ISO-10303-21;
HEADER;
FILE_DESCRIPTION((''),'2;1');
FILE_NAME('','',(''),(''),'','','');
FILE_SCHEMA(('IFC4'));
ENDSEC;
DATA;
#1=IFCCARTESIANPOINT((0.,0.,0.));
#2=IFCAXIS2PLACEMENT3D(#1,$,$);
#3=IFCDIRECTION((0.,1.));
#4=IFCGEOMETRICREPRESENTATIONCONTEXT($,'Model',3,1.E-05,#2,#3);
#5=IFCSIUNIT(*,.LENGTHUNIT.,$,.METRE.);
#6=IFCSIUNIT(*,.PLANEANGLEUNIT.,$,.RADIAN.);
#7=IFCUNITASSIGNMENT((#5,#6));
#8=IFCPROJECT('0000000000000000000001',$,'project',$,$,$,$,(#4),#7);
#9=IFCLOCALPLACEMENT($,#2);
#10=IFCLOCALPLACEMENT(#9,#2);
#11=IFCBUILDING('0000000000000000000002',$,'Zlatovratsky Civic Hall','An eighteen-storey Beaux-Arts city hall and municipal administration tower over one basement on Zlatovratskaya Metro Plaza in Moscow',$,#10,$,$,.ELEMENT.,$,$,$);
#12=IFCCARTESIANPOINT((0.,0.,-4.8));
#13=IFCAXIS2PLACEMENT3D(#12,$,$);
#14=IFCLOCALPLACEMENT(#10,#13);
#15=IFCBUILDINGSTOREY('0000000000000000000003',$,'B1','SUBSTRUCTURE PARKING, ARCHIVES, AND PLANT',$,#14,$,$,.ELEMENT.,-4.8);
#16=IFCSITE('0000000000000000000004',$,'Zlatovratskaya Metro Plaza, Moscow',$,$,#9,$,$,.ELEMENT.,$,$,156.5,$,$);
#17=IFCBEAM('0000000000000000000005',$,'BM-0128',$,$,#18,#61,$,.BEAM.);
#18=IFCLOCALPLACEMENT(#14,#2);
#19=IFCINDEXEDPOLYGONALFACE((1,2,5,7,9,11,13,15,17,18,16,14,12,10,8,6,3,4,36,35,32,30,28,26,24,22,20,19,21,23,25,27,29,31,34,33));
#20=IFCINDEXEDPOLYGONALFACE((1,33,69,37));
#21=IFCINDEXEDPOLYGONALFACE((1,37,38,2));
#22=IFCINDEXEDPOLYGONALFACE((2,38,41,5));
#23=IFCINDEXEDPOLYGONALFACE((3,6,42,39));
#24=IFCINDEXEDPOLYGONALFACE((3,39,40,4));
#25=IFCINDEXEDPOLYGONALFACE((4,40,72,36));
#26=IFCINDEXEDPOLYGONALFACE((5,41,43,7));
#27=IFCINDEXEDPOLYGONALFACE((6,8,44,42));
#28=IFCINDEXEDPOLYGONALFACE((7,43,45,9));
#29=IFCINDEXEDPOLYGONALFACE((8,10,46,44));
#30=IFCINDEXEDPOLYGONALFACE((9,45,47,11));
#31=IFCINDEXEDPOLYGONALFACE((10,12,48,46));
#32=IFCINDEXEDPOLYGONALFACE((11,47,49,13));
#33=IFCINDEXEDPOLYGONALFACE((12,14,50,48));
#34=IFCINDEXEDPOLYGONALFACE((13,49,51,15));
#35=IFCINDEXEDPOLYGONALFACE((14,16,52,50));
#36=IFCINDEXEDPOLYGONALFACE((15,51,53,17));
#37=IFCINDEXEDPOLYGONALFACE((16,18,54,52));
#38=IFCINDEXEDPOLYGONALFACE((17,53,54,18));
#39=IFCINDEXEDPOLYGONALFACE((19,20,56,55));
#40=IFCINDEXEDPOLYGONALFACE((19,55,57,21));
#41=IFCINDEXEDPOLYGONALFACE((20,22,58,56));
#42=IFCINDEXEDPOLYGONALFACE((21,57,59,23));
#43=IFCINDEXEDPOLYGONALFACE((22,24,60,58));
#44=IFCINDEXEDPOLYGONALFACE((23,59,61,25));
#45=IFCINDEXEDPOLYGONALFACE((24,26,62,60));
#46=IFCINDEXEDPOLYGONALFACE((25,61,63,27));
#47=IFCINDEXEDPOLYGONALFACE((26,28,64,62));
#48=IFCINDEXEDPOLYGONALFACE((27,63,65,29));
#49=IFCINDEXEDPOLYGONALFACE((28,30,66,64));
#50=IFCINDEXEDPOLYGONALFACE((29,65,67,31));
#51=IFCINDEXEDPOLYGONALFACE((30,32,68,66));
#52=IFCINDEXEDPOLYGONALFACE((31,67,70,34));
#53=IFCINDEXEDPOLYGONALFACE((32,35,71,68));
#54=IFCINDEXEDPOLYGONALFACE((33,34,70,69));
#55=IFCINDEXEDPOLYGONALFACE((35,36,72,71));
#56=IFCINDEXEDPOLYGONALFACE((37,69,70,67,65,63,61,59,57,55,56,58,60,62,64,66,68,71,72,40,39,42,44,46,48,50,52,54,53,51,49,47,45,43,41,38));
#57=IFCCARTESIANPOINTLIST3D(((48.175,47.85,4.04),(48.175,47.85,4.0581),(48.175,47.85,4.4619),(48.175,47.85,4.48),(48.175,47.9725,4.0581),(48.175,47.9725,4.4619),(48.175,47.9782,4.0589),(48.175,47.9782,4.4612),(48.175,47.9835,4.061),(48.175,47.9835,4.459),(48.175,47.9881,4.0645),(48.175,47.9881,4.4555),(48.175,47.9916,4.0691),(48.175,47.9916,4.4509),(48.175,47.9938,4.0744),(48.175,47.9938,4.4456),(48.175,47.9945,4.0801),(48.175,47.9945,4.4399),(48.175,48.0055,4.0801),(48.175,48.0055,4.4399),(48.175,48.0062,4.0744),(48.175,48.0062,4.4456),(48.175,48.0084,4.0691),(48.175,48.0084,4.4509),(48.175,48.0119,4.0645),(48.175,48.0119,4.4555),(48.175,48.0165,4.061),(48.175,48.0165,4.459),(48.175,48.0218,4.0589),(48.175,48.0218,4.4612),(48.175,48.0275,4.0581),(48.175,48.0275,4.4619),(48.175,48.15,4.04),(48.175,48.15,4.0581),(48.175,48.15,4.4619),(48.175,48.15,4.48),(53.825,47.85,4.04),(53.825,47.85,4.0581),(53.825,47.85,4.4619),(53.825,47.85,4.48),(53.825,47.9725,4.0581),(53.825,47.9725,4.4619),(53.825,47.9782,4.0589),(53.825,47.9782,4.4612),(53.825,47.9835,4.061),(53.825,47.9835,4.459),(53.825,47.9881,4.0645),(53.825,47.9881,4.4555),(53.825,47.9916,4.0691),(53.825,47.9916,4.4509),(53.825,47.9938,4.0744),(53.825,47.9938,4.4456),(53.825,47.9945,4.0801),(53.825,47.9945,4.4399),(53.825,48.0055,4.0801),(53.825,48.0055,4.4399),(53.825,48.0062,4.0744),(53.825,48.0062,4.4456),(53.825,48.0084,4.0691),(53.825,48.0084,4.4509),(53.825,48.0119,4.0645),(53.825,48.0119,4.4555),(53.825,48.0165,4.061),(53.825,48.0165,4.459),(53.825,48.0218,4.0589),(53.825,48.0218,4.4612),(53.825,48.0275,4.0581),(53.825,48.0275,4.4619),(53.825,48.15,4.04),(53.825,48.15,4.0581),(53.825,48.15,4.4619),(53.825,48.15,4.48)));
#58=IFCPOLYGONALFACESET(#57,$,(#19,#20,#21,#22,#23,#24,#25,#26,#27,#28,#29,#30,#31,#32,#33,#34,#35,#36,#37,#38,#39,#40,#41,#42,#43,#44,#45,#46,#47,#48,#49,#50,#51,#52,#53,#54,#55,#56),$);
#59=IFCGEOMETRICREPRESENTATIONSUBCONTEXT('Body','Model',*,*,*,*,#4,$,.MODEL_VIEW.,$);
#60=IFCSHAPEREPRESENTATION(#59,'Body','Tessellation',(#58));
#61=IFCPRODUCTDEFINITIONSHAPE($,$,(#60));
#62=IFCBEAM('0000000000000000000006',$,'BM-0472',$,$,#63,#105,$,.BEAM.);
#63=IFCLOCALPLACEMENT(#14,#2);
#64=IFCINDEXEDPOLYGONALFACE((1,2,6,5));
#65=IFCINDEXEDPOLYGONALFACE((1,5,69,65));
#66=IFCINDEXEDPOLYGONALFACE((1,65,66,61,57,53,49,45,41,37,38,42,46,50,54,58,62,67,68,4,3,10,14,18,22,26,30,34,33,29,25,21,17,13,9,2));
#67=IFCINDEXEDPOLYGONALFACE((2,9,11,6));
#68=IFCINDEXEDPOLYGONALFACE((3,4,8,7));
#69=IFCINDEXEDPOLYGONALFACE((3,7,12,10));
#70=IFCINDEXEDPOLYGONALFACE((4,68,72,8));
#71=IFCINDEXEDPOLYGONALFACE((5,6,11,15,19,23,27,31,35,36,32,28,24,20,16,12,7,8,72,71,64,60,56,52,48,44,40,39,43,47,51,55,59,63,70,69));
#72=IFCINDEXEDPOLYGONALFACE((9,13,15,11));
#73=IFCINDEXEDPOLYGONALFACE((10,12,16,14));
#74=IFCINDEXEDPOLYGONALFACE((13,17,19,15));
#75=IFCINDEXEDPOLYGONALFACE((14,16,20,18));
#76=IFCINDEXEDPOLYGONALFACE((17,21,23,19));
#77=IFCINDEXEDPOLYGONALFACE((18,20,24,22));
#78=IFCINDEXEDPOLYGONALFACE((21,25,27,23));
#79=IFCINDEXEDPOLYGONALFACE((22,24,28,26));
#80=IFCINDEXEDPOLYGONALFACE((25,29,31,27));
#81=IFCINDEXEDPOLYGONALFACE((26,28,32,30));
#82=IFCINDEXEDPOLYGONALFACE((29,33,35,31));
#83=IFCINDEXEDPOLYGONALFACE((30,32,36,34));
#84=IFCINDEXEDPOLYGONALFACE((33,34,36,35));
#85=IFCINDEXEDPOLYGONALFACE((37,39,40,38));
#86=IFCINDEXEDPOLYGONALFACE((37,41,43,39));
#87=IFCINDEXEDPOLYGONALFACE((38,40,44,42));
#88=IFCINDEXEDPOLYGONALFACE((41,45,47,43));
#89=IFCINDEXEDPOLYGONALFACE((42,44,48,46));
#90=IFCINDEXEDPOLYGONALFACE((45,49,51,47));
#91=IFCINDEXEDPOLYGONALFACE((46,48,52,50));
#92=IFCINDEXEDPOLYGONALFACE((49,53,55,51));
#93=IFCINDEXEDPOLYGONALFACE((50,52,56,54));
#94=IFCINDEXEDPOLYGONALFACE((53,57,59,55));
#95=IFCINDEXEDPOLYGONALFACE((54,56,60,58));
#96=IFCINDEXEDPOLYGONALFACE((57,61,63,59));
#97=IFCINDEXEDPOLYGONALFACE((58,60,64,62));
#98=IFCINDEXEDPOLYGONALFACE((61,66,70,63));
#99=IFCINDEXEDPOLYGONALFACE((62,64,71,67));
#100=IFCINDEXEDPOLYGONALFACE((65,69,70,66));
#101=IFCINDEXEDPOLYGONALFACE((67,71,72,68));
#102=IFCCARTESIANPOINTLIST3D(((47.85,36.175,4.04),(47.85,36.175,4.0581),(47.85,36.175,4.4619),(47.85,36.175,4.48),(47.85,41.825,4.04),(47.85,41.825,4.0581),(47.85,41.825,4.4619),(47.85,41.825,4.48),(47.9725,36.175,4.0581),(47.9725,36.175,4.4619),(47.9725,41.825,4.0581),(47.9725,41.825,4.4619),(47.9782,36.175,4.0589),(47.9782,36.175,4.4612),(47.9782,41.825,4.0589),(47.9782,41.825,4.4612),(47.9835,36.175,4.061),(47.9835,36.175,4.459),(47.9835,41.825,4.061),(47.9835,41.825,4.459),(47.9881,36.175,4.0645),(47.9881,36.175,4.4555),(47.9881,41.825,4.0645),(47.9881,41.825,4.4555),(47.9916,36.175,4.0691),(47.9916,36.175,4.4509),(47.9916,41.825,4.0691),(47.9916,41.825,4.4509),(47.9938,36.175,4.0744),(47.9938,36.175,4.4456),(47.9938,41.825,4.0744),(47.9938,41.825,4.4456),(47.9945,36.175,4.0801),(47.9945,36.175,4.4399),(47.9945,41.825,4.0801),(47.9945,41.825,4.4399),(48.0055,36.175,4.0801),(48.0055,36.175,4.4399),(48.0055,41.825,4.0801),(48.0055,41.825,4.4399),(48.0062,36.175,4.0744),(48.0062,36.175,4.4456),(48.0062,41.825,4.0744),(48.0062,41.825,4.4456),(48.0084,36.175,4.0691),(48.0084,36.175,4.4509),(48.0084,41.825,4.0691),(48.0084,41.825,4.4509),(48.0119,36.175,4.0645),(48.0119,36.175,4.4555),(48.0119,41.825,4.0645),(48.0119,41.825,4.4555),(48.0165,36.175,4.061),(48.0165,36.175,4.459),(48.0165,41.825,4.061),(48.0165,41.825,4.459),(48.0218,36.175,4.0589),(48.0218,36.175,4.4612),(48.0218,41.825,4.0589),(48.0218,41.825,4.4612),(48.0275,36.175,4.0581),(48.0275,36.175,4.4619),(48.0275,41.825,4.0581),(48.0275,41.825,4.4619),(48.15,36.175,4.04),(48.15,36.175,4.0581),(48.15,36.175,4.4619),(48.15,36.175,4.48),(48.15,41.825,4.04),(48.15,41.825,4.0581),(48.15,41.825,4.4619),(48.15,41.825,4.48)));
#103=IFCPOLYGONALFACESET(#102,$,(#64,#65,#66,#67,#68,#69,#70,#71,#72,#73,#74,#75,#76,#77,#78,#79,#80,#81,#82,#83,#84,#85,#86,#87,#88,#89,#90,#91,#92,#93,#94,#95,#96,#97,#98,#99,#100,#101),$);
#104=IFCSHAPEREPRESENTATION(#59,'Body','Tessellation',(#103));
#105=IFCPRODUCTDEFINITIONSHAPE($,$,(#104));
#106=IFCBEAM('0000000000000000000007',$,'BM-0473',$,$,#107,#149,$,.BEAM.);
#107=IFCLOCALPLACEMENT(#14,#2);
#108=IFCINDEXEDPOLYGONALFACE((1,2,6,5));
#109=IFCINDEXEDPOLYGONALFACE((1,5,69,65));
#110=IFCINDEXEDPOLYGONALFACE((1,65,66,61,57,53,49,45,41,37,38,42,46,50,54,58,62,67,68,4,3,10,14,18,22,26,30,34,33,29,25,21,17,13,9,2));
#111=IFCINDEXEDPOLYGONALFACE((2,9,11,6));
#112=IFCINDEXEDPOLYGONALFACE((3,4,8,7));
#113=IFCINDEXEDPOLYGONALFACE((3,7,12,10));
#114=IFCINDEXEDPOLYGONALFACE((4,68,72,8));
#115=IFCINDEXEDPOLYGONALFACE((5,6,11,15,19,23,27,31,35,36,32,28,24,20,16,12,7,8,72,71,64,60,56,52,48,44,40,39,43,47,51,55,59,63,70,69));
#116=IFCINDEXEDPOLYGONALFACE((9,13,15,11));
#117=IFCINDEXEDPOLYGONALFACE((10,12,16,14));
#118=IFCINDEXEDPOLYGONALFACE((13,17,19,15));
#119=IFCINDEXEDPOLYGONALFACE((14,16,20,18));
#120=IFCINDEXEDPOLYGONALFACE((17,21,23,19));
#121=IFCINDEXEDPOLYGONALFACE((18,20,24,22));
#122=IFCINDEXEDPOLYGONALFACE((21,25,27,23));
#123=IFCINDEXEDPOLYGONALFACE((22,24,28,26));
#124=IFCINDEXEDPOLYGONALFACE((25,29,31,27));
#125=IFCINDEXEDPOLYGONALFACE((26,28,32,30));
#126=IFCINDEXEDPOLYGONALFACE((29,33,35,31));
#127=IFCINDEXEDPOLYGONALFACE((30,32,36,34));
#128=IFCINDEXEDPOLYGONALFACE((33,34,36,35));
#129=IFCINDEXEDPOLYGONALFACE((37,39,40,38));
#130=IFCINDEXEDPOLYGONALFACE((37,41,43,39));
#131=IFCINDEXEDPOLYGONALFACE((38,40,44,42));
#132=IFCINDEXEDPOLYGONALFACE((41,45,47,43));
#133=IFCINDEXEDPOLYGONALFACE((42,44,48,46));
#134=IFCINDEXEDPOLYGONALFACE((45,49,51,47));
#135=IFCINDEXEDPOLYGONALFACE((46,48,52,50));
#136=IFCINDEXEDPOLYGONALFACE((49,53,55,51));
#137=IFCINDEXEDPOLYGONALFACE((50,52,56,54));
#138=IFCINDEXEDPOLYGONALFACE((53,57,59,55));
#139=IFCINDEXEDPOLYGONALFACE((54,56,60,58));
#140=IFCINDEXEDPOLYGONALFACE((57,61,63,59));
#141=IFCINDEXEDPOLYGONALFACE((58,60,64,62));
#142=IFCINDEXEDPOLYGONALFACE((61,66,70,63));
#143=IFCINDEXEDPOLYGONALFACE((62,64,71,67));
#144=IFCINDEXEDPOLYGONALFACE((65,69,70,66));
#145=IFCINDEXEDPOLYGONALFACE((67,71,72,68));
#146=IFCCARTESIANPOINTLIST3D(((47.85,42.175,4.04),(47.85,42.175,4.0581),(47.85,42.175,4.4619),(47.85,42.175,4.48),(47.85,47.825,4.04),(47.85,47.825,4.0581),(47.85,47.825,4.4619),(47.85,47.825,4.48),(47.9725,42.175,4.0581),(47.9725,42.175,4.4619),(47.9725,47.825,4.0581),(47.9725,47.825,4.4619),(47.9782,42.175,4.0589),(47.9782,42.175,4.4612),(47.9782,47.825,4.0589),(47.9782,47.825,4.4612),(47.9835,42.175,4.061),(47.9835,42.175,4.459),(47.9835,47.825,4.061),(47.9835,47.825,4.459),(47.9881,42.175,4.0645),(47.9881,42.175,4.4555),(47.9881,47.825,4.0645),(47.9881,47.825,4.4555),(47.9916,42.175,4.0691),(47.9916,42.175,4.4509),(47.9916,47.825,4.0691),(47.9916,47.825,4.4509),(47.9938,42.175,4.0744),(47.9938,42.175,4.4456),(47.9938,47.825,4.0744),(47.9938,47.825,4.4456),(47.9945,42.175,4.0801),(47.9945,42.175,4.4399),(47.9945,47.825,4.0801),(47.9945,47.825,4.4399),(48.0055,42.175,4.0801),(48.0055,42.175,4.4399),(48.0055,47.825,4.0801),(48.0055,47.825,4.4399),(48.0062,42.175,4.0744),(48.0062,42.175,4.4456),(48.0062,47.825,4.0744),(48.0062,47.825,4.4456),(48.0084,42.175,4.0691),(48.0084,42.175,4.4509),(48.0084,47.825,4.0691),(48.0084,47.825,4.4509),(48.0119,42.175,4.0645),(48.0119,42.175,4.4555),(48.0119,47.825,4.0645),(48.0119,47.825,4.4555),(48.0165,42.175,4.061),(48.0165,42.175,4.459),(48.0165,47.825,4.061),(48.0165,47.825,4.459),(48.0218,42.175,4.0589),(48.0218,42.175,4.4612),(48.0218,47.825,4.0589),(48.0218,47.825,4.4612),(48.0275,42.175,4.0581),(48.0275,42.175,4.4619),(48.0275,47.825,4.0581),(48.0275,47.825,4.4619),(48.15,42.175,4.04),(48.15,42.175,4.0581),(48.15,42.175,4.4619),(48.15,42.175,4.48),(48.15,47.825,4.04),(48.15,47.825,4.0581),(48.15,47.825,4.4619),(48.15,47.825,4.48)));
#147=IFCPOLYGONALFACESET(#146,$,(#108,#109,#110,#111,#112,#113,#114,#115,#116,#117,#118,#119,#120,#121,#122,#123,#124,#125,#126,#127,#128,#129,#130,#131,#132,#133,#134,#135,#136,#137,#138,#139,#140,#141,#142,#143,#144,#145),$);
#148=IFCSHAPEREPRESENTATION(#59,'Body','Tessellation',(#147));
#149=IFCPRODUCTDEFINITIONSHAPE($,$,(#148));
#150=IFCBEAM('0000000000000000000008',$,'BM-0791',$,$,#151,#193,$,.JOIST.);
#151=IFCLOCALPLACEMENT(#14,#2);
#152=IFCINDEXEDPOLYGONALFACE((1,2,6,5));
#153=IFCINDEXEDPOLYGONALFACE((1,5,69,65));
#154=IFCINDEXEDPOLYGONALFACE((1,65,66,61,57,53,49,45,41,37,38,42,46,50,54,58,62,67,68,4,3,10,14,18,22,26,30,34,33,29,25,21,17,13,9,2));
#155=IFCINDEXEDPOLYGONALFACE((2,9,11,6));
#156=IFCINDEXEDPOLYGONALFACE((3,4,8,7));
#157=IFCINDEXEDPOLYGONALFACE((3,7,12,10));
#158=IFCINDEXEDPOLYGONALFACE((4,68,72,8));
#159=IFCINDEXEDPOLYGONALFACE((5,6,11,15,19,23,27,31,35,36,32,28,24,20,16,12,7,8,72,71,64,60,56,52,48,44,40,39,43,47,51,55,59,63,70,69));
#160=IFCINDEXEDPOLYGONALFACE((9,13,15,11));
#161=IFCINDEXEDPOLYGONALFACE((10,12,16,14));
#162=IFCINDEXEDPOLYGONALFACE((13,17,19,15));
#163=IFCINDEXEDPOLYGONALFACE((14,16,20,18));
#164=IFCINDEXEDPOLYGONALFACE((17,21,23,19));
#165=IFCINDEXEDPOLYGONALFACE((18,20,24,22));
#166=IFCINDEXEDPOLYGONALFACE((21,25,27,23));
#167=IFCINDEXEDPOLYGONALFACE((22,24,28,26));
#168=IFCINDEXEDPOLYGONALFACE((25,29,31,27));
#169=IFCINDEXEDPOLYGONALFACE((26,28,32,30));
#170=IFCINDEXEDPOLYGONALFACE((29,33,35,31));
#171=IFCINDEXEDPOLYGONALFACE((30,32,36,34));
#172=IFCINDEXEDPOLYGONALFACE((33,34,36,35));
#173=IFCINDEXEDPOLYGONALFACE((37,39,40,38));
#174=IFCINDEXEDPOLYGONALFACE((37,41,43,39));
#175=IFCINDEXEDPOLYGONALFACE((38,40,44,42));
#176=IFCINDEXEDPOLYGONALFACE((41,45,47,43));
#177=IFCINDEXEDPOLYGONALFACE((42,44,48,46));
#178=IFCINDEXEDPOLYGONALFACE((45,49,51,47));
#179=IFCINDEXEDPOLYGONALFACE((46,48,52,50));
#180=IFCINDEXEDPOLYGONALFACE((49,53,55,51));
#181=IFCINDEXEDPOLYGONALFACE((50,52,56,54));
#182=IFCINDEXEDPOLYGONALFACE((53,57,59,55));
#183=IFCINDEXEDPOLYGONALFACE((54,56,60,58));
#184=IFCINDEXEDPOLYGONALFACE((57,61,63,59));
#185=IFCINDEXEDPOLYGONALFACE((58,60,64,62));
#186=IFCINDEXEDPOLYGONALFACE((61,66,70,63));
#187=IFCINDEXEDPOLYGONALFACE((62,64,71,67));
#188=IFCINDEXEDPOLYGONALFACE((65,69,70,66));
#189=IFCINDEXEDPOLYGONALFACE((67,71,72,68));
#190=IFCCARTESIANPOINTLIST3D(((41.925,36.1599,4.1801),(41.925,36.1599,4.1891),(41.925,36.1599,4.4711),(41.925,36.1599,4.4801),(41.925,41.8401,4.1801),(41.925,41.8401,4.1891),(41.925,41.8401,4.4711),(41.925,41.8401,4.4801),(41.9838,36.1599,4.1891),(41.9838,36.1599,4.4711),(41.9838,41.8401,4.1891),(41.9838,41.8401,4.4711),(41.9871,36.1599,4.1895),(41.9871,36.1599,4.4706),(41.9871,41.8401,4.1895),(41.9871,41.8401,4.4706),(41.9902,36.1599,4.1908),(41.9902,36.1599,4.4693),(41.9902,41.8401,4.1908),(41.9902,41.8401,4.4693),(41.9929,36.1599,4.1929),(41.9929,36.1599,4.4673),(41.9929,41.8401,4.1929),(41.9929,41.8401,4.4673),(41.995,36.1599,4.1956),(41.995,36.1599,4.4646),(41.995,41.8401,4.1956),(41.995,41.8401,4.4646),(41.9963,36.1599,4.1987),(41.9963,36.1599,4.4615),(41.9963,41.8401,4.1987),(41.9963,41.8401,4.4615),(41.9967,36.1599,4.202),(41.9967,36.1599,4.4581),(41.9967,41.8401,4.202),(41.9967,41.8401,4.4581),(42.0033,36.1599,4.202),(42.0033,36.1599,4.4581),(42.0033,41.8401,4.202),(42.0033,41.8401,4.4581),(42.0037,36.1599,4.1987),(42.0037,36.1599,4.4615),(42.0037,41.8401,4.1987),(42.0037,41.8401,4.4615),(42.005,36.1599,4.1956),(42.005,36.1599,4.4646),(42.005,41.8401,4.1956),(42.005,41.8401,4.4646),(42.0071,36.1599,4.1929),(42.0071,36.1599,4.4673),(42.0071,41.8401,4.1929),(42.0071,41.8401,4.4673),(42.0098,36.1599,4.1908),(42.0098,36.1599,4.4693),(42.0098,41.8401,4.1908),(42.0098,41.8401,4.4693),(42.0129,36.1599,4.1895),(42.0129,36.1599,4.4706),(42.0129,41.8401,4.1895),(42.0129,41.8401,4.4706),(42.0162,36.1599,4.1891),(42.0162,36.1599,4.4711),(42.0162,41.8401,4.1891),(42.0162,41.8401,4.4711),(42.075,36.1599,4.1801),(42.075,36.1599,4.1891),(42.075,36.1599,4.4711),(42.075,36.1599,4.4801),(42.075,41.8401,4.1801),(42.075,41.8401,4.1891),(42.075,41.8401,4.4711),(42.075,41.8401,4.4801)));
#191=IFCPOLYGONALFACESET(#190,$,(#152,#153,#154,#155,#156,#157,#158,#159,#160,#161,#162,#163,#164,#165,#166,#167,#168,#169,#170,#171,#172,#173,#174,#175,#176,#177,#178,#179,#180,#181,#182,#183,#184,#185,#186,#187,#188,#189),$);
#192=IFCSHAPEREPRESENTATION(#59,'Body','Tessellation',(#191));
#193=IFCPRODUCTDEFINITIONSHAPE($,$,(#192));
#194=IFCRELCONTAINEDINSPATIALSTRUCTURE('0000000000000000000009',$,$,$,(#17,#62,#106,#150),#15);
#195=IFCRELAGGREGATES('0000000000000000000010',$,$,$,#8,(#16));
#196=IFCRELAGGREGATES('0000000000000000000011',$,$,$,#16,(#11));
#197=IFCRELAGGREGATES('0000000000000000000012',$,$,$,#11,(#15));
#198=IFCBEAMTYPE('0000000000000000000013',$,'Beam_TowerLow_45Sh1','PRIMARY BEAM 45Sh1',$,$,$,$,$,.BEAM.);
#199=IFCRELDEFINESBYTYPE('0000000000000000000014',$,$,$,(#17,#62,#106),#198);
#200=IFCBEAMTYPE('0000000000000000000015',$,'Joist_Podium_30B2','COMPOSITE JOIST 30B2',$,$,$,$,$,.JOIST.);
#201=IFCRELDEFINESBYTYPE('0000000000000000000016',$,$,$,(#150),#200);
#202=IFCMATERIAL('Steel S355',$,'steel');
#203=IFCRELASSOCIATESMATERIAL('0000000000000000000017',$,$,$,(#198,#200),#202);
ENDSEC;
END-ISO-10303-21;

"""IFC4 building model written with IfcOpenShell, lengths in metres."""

from ifc_helpers import new_model, si_unit, direction, frame, origin, origin_2d, place, context, subcontext, project, spatial, i_section, extrude, material, material_profile, profile_set, type_object, element, save


model = new_model("IFC4")

# Units and contexts
model_context = context("Model", 3, precision=1e-05, world=origin(), true_north=direction((0.0, 1.0)))
body_context = subcontext(model_context, "Body", "Model", "MODEL_VIEW")
ifc_project = project(units=[si_unit("LENGTHUNIT", "METRE"), si_unit("PLANEANGLEUNIT", "RADIAN")], contexts=[model_context])

# Site, building, storey
site_placement = place(None, origin())
site = spatial("IfcSite", under=ifc_project, at=site_placement, Name="Zlatovratskaya Metro Plaza, Moscow", CompositionType="ELEMENT", RefElevation=156.5)
building_placement = place(site_placement, origin())
building = spatial("IfcBuilding", under=site, at=building_placement, Name="Zlatovratsky Civic Hall", Description="An eighteen-storey Beaux-Arts city hall and municipal administration tower over one basement on Zlatovratskaya Metro Plaza in Moscow", CompositionType="ELEMENT")
storey_placement = place(building_placement, frame((0.0, 0.0, -4.8)))
storey = spatial("IfcBuildingStorey", under=building, at=storey_placement, Name="B1", Description="SUBSTRUCTURE PARKING, ARCHIVES, AND PLANT", CompositionType="ELEMENT", Elevation=-4.8)

# Shared definitions
ifc_material_1 = material(Name="Steel S355", Category="steel")

# Beams
ifc_material_profile_1 = material_profile(ifc_material_1, i_section(OverallWidth=0.3, OverallDepth=0.4399, WebThickness=0.011, FlangeThickness=0.0181, FilletRadius=0.022, at=origin_2d()), Name="45Sh1")
ifc_profile_set_1 = profile_set([ifc_material_profile_1], Name="Steel S355")
beam_type_1 = type_object("IfcBeamType", Name="Beam_TowerLow_45Sh1", Description="PRIMARY BEAM 45Sh1", PredefinedType="BEAM", material=ifc_profile_set_1)
for number, where, z_axis, x_axis, name in (
    (1, (48.175, 48.0, 4.26), (1.0, 0.0, 0.0), (0.0, 1.0, 0.0), "BM-0128"),
    (2, (48.0, 36.175, 4.26), (0.0, 1.0, 0.0), (-1.0, 0.0, 0.0), "BM-0472"),
    (3, (48.0, 42.175, 4.26), (0.0, 1.0, 0.0), (-1.0, 0.0, 0.0), "BM-0473"),
):
    element("IfcBeam", number, at=place(storey_placement, frame(where, z_axis=z_axis, x_axis=x_axis)), inside=storey, type_object=beam_type_1, Name=name, PredefinedType="BEAM", context=body_context, shape_type="SweptSolid", body=[
        extrude(i_section(OverallWidth=0.3, OverallDepth=0.4399, WebThickness=0.011, FlangeThickness=0.0181, FilletRadius=0.022, at=origin_2d()), origin(), (0.0, 0.0, 1.0), 5.6499),
    ])
ifc_material_profile_2 = material_profile(ifc_material_1, i_section(OverallWidth=0.1499, OverallDepth=0.3, WebThickness=0.0066, FlangeThickness=0.009, FilletRadius=0.0129, at=origin_2d()), Name="30B2")
ifc_profile_set_2 = profile_set([ifc_material_profile_2], Name="Steel S355")
beam_type_2 = type_object("IfcBeamType", Name="Joist_Podium_30B2", Description="COMPOSITE JOIST 30B2", PredefinedType="JOIST", material=ifc_profile_set_2)
for number, where, z_axis, x_axis, name in (
    (4, (42.0, 36.1599, 4.3301), (0.0, 1.0, 0.0), (-1.0, 0.0, 0.0), "BM-0791"),
):
    element("IfcBeam", number, at=place(storey_placement, frame(where, z_axis=z_axis, x_axis=x_axis)), inside=storey, type_object=beam_type_2, Name=name, PredefinedType="JOIST", context=body_context, shape_type="SweptSolid", body=[
        extrude(i_section(OverallWidth=0.1499, OverallDepth=0.3, WebThickness=0.0066, FlangeThickness=0.009, FilletRadius=0.0129, at=origin_2d()), origin(), (0.0, 0.0, 1.0), 5.6802),
    ])

save(model, "model.ifc")
